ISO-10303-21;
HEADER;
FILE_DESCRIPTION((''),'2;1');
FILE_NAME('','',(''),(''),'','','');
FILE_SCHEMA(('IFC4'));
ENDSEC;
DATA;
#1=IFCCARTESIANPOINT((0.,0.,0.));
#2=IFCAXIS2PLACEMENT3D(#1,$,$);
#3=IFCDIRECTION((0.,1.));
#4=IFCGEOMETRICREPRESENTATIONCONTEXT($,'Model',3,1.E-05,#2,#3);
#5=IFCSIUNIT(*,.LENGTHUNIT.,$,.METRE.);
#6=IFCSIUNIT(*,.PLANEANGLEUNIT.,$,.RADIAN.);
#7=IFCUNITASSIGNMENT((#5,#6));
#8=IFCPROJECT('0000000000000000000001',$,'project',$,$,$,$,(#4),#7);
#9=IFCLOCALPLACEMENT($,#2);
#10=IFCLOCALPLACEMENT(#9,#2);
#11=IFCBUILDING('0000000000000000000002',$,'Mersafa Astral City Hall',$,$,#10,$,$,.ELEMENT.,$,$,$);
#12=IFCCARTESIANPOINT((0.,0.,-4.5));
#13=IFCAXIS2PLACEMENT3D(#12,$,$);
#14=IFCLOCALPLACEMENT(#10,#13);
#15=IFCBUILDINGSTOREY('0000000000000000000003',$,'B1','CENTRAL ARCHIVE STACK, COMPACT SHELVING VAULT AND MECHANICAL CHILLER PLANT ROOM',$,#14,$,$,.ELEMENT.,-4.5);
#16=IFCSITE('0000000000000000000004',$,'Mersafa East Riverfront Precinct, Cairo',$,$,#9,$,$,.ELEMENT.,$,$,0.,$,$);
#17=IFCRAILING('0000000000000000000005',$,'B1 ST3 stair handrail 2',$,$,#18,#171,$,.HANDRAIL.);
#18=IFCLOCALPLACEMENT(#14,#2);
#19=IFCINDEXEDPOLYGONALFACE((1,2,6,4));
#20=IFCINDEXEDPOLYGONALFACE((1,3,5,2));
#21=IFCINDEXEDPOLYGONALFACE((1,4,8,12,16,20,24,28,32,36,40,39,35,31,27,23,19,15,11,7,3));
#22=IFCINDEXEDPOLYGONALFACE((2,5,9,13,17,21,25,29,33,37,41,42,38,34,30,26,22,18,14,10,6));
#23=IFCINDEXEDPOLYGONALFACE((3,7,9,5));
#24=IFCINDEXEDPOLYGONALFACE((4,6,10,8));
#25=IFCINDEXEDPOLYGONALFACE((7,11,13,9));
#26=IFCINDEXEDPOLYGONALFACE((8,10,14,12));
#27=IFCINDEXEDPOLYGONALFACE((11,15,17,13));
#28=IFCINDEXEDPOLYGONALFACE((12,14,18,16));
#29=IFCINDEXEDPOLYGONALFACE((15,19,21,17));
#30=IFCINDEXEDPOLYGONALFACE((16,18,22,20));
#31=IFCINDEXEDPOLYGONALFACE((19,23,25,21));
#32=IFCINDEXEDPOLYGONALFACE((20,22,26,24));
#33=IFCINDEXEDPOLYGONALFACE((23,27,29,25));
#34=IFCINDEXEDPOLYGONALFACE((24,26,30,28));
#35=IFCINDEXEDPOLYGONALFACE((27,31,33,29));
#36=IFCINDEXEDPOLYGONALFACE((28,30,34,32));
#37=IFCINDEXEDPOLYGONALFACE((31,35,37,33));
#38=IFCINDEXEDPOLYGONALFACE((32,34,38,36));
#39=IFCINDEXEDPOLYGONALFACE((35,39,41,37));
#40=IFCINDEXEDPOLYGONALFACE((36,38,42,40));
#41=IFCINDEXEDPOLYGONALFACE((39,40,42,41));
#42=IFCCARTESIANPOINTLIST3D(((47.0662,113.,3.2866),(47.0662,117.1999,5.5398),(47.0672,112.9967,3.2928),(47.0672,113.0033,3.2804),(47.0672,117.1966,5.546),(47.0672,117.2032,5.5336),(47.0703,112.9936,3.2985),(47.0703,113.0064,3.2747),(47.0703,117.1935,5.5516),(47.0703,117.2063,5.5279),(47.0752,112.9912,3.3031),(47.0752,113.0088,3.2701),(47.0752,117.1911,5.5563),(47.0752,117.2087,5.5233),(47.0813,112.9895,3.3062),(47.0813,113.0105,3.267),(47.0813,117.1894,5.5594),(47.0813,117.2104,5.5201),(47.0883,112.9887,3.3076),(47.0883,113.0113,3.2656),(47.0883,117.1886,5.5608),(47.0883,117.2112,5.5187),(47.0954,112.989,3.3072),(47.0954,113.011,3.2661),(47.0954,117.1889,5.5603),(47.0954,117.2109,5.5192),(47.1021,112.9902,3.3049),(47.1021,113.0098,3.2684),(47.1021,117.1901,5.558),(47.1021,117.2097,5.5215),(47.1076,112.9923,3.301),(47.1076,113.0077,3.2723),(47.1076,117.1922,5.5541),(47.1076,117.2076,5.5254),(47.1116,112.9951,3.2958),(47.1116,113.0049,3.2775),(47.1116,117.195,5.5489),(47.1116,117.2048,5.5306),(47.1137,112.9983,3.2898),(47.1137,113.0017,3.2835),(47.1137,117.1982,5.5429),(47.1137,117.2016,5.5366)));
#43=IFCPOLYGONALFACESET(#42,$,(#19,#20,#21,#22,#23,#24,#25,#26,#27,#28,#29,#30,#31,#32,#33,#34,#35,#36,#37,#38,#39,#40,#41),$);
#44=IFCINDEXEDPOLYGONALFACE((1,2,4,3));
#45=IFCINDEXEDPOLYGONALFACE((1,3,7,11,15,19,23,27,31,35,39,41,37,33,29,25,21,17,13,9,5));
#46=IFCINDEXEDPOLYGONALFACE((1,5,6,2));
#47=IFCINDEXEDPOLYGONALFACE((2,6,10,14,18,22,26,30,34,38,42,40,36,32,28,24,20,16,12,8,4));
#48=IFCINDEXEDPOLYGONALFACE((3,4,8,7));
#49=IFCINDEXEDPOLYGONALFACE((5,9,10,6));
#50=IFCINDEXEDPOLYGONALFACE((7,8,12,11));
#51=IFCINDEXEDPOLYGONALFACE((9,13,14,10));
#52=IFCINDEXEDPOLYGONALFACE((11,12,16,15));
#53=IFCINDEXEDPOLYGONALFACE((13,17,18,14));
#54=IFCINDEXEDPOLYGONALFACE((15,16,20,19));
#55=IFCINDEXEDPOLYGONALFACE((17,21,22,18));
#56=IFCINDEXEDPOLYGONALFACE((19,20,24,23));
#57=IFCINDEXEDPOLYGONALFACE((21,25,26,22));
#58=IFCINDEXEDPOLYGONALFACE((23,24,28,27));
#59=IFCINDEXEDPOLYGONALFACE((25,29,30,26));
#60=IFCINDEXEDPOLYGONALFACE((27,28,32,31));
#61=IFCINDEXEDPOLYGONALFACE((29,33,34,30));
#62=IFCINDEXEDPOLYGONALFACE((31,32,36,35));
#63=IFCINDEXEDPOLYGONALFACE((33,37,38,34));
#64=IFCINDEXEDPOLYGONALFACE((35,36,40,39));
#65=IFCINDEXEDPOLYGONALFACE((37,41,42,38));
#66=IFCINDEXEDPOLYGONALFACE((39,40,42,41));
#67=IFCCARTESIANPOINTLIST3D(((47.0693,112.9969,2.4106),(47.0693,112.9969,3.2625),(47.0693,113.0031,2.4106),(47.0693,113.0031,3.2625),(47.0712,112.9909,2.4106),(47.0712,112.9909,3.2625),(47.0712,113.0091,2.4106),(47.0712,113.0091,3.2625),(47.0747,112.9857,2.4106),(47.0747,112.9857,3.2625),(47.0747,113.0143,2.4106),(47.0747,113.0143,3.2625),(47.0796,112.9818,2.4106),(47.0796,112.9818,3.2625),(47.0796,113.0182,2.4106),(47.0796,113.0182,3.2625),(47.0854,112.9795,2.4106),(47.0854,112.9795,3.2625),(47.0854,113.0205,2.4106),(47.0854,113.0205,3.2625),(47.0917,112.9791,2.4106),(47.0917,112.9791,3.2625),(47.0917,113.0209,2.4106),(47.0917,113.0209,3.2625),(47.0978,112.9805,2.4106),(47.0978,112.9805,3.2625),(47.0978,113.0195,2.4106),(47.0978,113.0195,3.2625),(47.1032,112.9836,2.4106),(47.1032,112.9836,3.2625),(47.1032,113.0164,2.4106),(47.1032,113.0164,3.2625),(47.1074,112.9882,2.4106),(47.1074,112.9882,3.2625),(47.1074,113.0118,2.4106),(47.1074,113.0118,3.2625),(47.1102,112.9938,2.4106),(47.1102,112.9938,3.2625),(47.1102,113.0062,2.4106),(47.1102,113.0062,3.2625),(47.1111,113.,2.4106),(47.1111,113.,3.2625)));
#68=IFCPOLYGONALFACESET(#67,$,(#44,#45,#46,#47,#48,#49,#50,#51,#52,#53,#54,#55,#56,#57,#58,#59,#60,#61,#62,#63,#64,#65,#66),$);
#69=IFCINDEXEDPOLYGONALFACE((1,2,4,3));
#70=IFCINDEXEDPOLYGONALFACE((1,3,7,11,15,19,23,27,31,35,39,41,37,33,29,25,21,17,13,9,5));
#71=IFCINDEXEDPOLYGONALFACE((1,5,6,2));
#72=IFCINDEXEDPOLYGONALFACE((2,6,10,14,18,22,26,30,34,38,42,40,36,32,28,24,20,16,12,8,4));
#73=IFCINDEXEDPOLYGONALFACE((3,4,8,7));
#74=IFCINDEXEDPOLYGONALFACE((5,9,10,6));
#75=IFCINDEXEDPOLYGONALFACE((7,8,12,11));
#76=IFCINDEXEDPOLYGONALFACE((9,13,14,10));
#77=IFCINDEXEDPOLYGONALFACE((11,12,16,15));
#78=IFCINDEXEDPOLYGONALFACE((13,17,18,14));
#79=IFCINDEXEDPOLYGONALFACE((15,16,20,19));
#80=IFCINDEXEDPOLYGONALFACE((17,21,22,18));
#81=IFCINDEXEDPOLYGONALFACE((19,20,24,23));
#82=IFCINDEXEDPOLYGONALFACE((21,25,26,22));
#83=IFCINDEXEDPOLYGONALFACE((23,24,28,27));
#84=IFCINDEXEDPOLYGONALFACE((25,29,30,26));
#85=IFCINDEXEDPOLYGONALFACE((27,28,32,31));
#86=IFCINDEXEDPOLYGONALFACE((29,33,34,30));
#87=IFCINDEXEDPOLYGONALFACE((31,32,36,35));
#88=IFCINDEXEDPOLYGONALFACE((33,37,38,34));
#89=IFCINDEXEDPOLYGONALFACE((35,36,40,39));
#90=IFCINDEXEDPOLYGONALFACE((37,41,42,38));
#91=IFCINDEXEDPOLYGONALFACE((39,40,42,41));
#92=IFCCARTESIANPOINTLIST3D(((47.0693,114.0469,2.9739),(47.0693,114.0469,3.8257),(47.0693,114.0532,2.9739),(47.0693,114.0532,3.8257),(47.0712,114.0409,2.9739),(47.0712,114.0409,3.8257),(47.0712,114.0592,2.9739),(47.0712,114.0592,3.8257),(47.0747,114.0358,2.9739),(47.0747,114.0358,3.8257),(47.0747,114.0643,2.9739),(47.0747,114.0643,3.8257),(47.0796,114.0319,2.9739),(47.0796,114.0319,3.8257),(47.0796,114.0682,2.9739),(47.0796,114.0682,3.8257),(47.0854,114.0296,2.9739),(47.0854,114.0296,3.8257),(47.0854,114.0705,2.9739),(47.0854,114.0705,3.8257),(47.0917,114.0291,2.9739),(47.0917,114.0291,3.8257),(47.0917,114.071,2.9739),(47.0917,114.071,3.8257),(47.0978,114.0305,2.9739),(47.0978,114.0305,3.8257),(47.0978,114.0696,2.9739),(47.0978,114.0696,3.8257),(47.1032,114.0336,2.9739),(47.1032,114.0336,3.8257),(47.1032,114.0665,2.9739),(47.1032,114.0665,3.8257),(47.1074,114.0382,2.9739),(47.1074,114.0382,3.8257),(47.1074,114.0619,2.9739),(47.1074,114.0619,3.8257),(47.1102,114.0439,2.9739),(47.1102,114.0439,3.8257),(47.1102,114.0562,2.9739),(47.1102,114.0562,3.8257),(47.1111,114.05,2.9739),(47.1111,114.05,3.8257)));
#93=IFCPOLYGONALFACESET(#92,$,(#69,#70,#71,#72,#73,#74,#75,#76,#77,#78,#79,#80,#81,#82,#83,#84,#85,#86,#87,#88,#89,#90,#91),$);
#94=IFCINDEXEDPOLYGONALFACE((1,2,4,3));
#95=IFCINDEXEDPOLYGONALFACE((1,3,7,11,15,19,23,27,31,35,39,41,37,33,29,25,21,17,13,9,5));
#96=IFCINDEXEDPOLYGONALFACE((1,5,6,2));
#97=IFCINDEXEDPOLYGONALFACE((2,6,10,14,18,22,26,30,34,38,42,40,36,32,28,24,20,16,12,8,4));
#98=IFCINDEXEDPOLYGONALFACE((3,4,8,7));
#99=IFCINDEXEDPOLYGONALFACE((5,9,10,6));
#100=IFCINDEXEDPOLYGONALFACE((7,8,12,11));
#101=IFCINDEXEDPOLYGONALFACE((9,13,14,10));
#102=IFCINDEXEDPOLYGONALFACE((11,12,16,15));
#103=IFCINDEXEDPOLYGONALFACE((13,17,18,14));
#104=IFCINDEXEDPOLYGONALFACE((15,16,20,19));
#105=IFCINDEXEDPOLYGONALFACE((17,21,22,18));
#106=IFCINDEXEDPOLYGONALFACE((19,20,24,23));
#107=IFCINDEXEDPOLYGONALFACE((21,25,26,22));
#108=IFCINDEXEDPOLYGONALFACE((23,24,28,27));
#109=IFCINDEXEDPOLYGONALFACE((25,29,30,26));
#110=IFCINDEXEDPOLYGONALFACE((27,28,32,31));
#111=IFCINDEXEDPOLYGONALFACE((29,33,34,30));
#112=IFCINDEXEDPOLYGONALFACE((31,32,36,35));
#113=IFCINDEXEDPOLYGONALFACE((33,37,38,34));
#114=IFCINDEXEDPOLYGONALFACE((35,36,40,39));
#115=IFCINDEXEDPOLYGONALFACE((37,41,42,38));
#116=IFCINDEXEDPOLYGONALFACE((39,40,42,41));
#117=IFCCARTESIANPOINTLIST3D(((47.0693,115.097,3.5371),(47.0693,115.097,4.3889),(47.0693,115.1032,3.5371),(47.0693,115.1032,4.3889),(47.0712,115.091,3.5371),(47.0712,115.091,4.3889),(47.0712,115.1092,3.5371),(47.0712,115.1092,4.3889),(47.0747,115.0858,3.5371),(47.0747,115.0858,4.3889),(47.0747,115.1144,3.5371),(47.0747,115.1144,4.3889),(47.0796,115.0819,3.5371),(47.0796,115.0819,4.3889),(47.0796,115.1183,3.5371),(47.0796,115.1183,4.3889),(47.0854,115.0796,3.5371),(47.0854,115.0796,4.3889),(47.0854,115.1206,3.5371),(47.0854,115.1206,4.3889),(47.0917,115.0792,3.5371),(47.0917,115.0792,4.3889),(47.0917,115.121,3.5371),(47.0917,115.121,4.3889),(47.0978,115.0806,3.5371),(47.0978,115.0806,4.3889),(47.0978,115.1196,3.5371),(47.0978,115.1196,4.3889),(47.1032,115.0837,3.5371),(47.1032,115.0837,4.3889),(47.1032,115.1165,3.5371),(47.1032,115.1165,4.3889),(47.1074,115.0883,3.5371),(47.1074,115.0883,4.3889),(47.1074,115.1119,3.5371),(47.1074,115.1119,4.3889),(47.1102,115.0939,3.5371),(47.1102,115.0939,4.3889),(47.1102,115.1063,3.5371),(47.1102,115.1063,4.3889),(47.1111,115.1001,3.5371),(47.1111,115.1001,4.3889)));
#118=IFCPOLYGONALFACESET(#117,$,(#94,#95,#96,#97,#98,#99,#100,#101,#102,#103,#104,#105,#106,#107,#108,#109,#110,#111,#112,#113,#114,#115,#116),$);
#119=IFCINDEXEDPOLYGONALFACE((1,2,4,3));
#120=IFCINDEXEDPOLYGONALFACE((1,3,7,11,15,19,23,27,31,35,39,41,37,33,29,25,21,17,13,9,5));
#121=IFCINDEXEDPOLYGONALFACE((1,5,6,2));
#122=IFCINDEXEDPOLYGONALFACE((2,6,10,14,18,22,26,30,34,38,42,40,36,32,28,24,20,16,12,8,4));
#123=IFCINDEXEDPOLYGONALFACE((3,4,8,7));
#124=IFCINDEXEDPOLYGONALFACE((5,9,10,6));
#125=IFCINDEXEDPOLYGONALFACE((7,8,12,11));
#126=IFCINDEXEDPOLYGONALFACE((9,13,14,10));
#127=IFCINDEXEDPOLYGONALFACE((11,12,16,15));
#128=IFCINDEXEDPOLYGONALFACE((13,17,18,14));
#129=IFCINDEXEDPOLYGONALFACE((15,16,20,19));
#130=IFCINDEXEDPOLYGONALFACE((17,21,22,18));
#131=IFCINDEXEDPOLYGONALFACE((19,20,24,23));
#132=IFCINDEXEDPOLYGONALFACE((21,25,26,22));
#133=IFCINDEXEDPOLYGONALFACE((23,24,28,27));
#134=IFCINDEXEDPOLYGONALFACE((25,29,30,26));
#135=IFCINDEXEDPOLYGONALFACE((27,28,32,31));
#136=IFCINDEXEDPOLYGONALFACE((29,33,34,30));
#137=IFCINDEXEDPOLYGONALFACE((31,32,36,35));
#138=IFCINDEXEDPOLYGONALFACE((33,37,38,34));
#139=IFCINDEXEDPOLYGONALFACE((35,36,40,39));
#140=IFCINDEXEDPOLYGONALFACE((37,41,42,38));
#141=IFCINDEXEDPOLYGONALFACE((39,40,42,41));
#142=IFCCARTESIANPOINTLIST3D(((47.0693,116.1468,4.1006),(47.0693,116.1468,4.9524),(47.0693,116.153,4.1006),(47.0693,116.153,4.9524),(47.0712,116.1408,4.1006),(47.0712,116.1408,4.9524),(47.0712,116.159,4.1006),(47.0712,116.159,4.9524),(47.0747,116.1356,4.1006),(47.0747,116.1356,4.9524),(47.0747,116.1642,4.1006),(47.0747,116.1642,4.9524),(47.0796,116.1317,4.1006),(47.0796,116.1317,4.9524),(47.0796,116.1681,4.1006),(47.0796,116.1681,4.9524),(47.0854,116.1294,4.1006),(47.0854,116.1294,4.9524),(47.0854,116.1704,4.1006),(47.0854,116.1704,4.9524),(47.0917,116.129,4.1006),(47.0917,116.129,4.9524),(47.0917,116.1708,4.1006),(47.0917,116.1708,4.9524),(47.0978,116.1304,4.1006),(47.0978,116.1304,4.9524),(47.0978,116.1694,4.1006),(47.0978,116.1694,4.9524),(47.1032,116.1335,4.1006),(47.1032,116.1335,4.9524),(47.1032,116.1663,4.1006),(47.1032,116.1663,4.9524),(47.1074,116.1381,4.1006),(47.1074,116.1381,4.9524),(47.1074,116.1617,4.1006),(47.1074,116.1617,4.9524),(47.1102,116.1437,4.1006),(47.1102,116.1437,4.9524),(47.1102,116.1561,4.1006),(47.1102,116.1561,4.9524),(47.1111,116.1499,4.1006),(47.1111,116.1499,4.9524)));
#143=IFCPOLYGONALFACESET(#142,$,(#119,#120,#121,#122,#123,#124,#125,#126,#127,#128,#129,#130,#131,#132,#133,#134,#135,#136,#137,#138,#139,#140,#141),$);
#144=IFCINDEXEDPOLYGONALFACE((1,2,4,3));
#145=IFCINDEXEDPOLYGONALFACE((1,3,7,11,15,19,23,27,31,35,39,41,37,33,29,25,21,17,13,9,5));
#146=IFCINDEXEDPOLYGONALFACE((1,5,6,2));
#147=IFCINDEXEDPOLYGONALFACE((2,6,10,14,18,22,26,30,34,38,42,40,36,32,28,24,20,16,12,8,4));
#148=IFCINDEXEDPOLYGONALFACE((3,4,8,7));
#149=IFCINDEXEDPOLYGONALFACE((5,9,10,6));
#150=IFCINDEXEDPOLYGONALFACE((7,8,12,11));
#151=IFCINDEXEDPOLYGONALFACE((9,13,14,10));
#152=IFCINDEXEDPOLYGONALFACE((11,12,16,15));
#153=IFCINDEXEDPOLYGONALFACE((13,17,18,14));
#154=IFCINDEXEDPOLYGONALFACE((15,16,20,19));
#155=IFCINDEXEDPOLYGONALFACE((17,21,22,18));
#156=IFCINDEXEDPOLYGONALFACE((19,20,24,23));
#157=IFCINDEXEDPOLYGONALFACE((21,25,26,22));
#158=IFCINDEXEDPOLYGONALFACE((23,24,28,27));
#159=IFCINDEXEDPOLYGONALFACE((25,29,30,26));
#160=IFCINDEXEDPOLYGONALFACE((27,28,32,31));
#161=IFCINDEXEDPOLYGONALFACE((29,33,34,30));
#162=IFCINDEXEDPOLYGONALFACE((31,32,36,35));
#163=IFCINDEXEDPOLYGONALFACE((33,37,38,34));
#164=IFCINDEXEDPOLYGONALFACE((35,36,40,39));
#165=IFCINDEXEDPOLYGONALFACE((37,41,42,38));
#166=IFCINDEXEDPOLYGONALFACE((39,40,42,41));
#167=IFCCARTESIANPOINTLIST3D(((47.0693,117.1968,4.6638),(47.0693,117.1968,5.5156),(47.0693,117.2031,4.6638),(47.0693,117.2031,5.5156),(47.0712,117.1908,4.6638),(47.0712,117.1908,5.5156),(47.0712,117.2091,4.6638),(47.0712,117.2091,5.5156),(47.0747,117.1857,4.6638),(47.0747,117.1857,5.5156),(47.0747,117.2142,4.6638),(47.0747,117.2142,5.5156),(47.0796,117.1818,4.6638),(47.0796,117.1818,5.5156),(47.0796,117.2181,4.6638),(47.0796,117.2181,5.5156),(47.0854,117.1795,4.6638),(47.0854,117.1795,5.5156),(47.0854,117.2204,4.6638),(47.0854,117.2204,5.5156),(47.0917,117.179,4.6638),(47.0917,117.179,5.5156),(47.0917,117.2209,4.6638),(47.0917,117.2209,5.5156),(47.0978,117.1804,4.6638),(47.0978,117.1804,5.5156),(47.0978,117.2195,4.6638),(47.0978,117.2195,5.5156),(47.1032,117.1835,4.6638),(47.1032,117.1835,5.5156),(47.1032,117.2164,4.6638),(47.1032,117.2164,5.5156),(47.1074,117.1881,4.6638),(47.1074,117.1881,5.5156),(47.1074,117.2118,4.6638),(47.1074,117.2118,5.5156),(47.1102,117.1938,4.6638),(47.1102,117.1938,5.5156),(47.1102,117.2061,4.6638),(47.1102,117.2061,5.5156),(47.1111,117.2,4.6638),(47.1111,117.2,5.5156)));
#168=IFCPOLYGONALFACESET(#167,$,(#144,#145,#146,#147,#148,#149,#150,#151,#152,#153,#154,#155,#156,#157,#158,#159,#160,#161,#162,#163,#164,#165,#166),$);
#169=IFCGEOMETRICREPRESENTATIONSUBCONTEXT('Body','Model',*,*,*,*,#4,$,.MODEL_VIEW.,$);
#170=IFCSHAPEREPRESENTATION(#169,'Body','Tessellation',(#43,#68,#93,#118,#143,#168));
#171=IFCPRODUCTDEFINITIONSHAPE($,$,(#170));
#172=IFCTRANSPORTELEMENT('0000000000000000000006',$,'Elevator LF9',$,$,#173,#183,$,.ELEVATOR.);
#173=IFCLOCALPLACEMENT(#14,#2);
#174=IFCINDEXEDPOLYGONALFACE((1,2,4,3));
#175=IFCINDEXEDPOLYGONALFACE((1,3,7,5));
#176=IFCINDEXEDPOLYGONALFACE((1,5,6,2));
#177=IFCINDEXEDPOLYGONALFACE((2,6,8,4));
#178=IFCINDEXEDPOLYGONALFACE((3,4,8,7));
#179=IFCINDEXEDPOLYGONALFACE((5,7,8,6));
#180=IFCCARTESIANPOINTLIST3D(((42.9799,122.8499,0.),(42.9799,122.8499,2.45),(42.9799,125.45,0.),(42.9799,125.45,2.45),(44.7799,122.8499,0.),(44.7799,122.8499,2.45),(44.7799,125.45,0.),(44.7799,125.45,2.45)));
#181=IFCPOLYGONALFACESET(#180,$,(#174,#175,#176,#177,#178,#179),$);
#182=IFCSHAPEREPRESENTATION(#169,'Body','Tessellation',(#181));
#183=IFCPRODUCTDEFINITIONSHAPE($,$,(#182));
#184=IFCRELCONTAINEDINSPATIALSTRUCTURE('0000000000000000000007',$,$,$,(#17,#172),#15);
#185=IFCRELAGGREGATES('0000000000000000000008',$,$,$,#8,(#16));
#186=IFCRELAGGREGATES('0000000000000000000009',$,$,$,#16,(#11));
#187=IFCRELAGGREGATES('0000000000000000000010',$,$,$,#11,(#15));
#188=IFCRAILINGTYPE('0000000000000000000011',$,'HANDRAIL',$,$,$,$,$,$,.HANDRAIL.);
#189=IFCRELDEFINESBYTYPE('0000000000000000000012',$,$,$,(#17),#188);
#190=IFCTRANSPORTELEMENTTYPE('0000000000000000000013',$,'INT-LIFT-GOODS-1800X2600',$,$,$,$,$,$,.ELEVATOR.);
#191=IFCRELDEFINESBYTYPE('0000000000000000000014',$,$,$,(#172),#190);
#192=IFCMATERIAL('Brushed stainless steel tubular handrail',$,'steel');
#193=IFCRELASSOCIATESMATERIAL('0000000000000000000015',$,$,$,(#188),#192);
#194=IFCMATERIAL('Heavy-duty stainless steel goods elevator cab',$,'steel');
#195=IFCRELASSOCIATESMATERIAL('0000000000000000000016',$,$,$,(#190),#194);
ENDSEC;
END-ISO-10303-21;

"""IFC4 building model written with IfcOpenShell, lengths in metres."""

from ifc_helpers import new_model, si_unit, direction, frame, origin, origin_2d, place, context, subcontext, project, spatial, rectangle, circle, extrude, material, type_object, element, save


model = new_model("IFC4")

# Units and contexts
model_context = context("Model", 3, precision=1e-05, world=origin(), true_north=direction((0.0, 1.0)))
body_context = subcontext(model_context, "Body", "Model", "MODEL_VIEW")
ifc_project = project(units=[si_unit("LENGTHUNIT", "METRE"), si_unit("PLANEANGLEUNIT", "RADIAN")], contexts=[model_context])

# Site, building, storey
site_placement = place(None, origin())
site = spatial("IfcSite", under=ifc_project, at=site_placement, Name="Mersafa East Riverfront Precinct, Cairo", CompositionType="ELEMENT", RefElevation=0.0)
building_placement = place(site_placement, origin())
building = spatial("IfcBuilding", under=site, at=building_placement, Name="Mersafa Astral City Hall", CompositionType="ELEMENT")
storey_placement = place(building_placement, frame((0.0, 0.0, -4.5)))
storey = spatial("IfcBuildingStorey", under=building, at=storey_placement, Name="B1", Description="CENTRAL ARCHIVE STACK, COMPACT SHELVING VAULT AND MECHANICAL CHILLER PLANT ROOM", CompositionType="ELEMENT", Elevation=-4.5)

# Railing
ifc_material_1 = material(Name="Brushed stainless steel tubular handrail", Category="steel")
railing_type_1 = type_object("IfcRailingType", Name="HANDRAIL", PredefinedType="HANDRAIL", material=ifc_material_1)
railing_1_placement = place(storey_placement, frame((47.0901, 113.0, 2.4106)))
element("IfcRailing", 1, at=railing_1_placement, inside=storey, type_object=railing_type_1, Name="B1 ST3 stair handrail 2", PredefinedType="HANDRAIL", context=body_context, shape_type="SweptSolid", body=[
    extrude(circle(Radius=0.0239, at=origin_2d()), frame((0.0, 0.0, 0.876), z_axis=(0.0, 0.8812, 0.472743), x_axis=(-1.0, 0.0, 0.0)), (0.0, 0.0, 1.0), 4.7661),
    extrude(circle(Radius=0.021, at=origin_2d()), origin(), (0.0, 0.0, 1.0), 0.8518),
    extrude(circle(Radius=0.021, at=origin_2d()), frame((0.0, 1.05, 0.5632)), (0.0, 0.0, 1.0), 0.8518),
    extrude(circle(Radius=0.021, at=origin_2d()), frame((0.0, 2.1001, 1.1265)), (0.0, 0.0, 1.0), 0.8518),
    extrude(circle(Radius=0.021, at=origin_2d()), frame((0.0, 3.1499, 1.6899)), (0.0, 0.0, 1.0), 0.8518),
    extrude(circle(Radius=0.021, at=origin_2d()), frame((0.0, 4.2, 2.2532)), (0.0, 0.0, 1.0), 0.8518),
])

# Transport element
ifc_material_2 = material(Name="Heavy-duty stainless steel goods elevator cab", Category="steel")
transport_element_type = type_object("IfcTransportElementType", Name="INT-LIFT-GOODS-1800X2600", PredefinedType="ELEVATOR", material=ifc_material_2)
transport_element_placement = place(storey_placement, frame((43.8799, 124.1499, 0.0), z_axis=(0.0, 0.0, 1.0), x_axis=(1.0, 0.0, 0.0)))
element("IfcTransportElement", 2, at=transport_element_placement, inside=storey, type_object=transport_element_type, Name="Elevator LF9", PredefinedType="ELEVATOR", context=body_context, shape_type="SweptSolid", body=[
    extrude(rectangle(XDim=1.8, YDim=2.6001, at=origin_2d()), origin(), (0.0, 0.0, 1.0), 2.45),
])

save(model, "model.ifc")
